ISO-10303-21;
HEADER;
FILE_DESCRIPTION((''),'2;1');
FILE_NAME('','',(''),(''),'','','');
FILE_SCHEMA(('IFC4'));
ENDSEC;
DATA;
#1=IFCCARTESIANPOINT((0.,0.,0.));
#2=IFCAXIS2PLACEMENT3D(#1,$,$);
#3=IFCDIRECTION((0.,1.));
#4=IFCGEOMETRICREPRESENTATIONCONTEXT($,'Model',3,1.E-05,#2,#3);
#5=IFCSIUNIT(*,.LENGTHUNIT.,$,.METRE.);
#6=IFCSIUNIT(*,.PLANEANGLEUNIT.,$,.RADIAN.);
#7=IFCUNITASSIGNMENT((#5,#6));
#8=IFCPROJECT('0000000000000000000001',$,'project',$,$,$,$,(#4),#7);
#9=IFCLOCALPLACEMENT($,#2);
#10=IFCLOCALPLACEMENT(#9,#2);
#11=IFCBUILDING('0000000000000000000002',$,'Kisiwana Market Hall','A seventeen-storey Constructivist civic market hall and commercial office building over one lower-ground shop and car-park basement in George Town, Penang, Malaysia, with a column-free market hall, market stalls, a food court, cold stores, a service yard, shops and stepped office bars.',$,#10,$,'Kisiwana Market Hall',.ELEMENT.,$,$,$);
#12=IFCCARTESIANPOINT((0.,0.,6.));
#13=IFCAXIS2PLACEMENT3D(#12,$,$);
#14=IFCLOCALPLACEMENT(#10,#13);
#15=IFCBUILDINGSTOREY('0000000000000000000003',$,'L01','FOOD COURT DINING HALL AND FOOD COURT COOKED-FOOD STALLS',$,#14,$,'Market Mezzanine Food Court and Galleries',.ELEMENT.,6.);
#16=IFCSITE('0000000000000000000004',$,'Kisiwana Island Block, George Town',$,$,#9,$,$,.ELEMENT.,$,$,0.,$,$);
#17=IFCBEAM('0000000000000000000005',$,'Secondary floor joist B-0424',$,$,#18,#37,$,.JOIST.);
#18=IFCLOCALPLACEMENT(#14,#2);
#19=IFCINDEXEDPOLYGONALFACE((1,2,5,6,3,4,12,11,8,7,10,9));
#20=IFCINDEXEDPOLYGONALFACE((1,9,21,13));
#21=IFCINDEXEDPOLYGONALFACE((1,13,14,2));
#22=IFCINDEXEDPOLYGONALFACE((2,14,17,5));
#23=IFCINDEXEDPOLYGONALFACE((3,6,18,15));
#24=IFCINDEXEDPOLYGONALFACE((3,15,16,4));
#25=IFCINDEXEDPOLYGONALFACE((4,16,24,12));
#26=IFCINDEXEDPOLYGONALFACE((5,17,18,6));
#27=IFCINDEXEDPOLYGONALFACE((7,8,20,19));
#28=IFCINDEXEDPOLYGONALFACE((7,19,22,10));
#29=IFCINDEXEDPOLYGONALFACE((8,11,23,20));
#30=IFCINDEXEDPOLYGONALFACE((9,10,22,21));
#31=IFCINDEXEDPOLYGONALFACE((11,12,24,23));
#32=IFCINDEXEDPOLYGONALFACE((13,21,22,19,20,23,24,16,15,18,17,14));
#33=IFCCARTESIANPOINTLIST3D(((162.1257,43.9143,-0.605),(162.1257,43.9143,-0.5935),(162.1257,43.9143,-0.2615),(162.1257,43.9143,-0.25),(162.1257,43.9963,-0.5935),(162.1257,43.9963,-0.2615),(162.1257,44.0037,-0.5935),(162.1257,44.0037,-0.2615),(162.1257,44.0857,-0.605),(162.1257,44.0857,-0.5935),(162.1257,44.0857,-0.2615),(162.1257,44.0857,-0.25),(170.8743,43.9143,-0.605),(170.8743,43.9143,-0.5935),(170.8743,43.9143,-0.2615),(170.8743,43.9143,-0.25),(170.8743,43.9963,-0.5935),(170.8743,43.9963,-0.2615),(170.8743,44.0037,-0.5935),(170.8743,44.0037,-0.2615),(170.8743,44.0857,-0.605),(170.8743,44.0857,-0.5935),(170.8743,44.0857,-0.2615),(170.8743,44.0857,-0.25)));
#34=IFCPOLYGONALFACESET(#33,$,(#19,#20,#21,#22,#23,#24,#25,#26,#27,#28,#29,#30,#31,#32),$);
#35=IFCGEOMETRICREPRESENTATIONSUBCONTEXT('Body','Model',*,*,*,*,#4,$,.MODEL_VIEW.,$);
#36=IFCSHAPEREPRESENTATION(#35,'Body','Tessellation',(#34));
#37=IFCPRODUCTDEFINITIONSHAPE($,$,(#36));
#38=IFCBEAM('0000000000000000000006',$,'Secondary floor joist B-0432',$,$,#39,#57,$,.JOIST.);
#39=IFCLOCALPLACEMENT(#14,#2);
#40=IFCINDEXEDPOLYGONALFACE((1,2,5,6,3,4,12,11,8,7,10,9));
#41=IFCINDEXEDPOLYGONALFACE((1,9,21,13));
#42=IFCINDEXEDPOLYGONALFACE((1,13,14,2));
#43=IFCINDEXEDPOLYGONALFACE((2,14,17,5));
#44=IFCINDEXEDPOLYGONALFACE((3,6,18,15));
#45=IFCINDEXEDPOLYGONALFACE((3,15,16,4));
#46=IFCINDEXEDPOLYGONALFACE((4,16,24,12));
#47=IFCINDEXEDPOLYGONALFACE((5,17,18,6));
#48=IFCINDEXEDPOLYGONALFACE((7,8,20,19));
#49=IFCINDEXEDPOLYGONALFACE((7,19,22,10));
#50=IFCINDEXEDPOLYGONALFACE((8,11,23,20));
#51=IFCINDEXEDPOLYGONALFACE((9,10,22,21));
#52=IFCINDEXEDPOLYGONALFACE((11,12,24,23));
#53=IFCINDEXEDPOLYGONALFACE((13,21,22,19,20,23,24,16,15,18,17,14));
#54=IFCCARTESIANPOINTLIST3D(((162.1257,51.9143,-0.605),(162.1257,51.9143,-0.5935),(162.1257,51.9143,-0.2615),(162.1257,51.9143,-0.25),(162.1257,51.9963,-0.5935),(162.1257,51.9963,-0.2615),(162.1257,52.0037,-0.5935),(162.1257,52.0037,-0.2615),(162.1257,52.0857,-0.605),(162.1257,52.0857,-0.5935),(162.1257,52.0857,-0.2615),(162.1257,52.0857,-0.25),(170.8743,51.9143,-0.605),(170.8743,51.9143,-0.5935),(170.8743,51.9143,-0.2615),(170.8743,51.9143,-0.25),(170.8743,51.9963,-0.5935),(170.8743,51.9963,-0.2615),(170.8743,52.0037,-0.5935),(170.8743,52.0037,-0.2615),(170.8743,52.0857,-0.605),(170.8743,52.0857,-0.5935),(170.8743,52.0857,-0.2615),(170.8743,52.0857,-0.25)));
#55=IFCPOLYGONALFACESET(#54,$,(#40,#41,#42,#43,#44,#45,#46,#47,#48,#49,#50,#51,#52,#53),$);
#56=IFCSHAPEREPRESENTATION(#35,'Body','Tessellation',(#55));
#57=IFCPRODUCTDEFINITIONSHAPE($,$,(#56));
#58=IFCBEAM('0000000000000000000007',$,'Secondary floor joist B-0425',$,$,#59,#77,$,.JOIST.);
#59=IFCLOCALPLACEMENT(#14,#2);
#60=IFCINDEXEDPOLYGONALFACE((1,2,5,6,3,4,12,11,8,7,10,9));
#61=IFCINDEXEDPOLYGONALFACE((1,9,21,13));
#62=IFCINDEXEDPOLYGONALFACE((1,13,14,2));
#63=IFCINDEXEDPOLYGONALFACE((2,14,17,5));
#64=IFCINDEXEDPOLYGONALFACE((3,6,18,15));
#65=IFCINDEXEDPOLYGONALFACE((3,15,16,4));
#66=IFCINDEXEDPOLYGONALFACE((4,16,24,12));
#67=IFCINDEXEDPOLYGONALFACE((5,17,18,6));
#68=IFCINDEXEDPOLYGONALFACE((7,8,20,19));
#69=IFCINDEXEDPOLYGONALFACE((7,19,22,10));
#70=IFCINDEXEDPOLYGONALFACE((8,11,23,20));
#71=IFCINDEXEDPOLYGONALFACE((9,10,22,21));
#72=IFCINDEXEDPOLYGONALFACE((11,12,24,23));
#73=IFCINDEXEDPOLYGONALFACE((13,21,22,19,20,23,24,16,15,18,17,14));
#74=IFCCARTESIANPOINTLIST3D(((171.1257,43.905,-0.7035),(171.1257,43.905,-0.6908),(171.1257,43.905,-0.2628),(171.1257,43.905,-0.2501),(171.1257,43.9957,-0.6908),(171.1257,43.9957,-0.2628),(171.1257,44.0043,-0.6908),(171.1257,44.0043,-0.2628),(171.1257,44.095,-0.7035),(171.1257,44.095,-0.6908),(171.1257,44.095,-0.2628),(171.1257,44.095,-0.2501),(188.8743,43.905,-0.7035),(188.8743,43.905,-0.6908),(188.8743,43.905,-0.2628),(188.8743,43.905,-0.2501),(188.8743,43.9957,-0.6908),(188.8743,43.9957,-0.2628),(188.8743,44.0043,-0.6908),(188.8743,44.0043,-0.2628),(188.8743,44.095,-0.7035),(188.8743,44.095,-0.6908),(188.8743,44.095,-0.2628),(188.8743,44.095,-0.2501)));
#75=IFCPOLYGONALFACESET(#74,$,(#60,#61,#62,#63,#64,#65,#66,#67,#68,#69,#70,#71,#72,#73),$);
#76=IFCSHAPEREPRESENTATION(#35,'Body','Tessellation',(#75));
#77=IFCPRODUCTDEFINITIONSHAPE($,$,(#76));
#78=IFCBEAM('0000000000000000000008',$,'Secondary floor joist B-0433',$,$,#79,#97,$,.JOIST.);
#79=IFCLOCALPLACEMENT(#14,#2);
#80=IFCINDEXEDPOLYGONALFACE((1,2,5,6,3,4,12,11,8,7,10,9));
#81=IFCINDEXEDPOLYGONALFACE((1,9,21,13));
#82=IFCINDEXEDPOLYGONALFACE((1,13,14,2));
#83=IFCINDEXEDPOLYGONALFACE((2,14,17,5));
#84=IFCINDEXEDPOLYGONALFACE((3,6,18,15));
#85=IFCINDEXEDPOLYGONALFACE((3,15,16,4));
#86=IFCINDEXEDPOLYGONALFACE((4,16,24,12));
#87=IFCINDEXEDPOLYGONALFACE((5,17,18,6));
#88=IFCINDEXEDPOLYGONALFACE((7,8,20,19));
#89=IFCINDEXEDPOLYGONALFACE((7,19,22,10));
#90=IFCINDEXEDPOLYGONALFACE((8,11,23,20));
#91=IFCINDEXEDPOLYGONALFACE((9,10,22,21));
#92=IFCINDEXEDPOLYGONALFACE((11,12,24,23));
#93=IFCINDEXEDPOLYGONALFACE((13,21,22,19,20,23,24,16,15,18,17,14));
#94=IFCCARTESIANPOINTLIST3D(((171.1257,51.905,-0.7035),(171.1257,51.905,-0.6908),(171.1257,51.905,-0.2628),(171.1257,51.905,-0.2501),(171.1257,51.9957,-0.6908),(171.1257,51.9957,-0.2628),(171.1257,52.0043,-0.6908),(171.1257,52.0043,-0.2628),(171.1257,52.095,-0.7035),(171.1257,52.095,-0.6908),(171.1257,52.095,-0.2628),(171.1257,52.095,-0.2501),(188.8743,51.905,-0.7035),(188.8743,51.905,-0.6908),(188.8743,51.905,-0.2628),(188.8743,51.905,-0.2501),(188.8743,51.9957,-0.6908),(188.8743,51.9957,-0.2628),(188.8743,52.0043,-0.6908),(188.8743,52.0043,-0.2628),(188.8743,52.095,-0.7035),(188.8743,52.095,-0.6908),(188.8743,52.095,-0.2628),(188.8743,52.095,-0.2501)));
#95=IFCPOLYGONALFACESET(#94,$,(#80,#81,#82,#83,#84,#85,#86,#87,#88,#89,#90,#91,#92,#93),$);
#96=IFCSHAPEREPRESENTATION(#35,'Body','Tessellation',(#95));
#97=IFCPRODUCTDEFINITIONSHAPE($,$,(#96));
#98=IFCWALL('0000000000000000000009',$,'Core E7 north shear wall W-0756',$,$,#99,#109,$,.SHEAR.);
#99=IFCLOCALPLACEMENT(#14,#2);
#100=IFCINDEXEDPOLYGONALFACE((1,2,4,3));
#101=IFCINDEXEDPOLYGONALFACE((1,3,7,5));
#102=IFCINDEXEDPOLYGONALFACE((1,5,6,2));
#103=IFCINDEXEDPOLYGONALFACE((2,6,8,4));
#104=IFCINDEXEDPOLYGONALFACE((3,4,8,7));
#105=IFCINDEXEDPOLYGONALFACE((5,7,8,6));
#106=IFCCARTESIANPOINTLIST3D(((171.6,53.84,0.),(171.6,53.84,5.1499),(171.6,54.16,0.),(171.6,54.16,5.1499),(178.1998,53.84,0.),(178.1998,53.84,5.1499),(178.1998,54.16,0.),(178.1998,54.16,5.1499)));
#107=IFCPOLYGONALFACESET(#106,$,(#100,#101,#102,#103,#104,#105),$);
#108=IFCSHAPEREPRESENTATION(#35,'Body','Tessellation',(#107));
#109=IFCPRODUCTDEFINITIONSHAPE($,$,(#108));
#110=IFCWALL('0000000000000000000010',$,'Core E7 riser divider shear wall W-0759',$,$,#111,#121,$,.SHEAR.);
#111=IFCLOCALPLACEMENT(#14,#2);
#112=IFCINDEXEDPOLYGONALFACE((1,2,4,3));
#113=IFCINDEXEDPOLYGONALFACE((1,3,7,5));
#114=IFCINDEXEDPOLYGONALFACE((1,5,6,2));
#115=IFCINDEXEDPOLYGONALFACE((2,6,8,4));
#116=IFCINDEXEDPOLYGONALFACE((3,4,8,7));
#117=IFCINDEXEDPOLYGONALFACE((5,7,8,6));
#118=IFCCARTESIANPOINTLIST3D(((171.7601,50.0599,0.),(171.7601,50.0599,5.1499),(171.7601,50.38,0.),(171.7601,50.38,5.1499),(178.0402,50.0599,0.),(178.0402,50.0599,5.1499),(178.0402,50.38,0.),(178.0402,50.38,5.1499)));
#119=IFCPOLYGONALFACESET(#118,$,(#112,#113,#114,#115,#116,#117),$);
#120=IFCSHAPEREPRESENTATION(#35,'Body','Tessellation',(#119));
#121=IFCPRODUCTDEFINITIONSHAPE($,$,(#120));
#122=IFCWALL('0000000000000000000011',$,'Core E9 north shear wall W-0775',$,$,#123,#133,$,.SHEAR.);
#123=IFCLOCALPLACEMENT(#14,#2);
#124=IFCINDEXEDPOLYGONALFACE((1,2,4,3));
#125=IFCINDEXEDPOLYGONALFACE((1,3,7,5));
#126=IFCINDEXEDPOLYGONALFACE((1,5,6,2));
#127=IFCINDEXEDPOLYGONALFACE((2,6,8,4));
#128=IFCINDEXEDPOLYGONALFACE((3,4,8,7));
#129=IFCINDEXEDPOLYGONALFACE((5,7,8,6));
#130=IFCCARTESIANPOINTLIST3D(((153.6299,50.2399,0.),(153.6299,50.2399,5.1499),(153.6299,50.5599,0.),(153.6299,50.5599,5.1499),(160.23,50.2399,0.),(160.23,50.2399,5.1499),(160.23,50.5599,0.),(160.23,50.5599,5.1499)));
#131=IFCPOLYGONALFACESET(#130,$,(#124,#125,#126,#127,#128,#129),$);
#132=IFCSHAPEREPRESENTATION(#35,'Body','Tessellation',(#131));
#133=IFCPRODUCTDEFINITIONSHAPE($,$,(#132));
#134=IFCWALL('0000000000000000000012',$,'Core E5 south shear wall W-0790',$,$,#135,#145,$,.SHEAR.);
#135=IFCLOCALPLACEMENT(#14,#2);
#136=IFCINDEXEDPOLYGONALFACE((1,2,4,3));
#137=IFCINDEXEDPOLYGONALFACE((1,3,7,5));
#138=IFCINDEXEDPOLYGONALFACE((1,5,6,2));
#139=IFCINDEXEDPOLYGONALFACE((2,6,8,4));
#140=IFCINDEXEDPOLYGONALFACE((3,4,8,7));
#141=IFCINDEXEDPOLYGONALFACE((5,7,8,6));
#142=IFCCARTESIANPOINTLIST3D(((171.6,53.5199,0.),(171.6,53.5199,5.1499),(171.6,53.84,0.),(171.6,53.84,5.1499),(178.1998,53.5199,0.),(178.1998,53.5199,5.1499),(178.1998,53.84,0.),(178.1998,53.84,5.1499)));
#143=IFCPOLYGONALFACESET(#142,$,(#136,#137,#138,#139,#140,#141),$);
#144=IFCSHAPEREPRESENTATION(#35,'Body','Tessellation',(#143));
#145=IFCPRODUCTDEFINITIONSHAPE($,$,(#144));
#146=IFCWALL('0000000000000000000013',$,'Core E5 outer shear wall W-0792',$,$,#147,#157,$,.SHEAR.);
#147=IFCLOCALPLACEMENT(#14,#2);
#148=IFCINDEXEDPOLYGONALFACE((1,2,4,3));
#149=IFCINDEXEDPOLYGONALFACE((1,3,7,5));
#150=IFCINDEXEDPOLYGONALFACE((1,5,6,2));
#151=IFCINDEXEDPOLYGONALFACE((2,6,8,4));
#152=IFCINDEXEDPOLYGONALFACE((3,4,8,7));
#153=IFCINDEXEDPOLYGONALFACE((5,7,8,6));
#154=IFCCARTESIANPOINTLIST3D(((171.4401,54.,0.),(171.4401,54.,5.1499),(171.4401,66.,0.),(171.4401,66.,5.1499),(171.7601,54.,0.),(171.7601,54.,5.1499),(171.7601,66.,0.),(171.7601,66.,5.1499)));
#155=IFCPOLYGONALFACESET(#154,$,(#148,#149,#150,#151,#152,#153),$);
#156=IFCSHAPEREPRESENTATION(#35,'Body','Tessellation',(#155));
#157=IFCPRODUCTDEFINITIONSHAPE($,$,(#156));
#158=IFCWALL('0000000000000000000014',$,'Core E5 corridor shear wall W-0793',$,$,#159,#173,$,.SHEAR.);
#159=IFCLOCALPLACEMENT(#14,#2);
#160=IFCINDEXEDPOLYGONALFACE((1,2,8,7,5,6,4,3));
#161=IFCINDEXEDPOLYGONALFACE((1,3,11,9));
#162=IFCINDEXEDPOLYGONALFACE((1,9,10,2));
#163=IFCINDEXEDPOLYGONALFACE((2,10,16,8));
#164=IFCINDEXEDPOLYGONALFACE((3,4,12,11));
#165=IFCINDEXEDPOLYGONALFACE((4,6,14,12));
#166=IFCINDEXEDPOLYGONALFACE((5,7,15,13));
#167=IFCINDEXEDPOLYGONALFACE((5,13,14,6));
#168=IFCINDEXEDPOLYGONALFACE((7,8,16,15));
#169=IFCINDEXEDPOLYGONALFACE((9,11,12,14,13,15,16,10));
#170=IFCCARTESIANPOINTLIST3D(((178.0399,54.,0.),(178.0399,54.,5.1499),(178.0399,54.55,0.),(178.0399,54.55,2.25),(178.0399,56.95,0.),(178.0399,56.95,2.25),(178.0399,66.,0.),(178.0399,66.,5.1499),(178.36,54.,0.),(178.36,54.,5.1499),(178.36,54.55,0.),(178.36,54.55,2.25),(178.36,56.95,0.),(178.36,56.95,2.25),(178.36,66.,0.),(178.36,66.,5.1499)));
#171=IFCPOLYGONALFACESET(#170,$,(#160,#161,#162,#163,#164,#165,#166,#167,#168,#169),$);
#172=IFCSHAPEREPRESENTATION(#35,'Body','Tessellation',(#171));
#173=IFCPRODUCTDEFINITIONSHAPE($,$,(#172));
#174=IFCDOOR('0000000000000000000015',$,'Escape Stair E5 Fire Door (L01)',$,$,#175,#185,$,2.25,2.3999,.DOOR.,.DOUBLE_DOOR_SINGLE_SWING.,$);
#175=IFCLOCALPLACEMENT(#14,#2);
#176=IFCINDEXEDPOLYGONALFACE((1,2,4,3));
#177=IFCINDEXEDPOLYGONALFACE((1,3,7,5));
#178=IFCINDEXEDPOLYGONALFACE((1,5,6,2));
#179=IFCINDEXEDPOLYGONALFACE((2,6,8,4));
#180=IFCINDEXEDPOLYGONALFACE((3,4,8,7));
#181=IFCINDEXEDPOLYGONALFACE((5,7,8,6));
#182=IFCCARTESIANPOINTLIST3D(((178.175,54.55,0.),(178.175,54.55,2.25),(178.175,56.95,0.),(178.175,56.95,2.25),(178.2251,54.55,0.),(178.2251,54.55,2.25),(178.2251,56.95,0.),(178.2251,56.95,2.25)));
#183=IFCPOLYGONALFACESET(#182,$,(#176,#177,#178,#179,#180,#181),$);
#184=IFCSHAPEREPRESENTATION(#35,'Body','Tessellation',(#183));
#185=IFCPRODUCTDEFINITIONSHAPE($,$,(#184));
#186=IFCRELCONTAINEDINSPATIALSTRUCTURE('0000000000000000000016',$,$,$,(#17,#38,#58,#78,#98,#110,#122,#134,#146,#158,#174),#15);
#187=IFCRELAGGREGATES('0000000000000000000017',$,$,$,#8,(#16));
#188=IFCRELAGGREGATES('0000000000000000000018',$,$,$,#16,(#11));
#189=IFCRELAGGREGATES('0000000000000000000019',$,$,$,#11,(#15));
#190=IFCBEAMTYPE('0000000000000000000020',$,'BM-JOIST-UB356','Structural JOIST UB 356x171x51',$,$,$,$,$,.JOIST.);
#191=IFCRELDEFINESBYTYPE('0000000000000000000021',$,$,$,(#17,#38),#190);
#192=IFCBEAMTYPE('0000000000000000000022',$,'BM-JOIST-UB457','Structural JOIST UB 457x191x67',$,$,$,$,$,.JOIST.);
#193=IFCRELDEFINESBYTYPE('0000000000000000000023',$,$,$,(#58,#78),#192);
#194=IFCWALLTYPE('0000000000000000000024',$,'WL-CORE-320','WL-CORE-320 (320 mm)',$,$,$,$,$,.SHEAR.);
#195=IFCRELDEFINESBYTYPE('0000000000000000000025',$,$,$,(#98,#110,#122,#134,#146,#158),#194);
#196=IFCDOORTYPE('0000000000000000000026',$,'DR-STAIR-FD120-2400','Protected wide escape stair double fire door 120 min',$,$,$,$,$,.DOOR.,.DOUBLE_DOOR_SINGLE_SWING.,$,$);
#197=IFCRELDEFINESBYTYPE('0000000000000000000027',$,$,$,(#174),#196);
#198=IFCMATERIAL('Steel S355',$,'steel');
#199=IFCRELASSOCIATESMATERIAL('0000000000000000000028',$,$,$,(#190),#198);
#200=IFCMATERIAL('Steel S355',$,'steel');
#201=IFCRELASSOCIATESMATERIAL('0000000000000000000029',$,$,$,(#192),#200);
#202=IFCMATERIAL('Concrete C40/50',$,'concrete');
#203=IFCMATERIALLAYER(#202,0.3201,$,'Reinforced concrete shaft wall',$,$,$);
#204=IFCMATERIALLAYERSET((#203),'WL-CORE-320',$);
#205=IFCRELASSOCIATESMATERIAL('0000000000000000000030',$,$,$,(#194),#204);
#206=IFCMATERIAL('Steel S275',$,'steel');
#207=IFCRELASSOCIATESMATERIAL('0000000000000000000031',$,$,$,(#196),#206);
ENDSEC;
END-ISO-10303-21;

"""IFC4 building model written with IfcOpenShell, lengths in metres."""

from ifc_helpers import new_model, si_unit, direction, frame, frame_2d, origin, origin_2d, place, context, subcontext, project, spatial, rectangle, i_section, extrude, material, layer, layer_set, material_profile, profile_set, type_object, element, fill, save


model = new_model("IFC4")

# Units and contexts
model_context = context("Model", 3, precision=1e-05, world=origin(), true_north=direction((0.0, 1.0)))
body_context = subcontext(model_context, "Body", "Model", "MODEL_VIEW")
ifc_project = project(units=[si_unit("LENGTHUNIT", "METRE"), si_unit("PLANEANGLEUNIT", "RADIAN")], contexts=[model_context])

# Site, building, storey
site_placement = place(None, origin())
site = spatial("IfcSite", under=ifc_project, at=site_placement, Name="Kisiwana Island Block, George Town", CompositionType="ELEMENT", RefElevation=0.0)
building_placement = place(site_placement, origin())
building = spatial("IfcBuilding", under=site, at=building_placement, Name="Kisiwana Market Hall", Description="A seventeen-storey Constructivist civic market hall and commercial office building over one lower-ground shop and car-park basement in George Town, Penang, Malaysia, with a column-free market hall, market stalls, a food court, cold stores, a service yard, shops and stepped office bars.", LongName="Kisiwana Market Hall", CompositionType="ELEMENT")
storey_placement = place(building_placement, frame((0.0, 0.0, 6.0)))
storey = spatial("IfcBuildingStorey", under=building, at=storey_placement, Name="L01", Description="FOOD COURT DINING HALL AND FOOD COURT COOKED-FOOD STALLS", LongName="Market Mezzanine Food Court and Galleries", CompositionType="ELEMENT", Elevation=6.0)

# Beams
ifc_material_1 = material(Name="Steel S355", Category="steel")
ifc_material_profile_1 = material_profile(ifc_material_1, i_section(OverallWidth=0.1714, OverallDepth=0.355, WebThickness=0.0073, FlangeThickness=0.0115, at=origin_2d()), Name="UB 356x171x51")
ifc_profile_set_1 = profile_set([ifc_material_profile_1], Name="Steel S355")
beam_type_1 = type_object("IfcBeamType", Name="BM-JOIST-UB356", Description="Structural JOIST UB 356x171x51", PredefinedType="JOIST", material=ifc_profile_set_1)
for number, where, z_axis, x_axis, name in (
    (1, (162.1257, 44.0, -0.4275), (1.0, 0.0, 0.0), (0.0, 1.0, 0.0), "Secondary floor joist B-0424"),
    (2, (162.1257, 52.0, -0.4275), (1.0, 0.0, 0.0), (0.0, 1.0, 0.0), "Secondary floor joist B-0432"),
):
    element("IfcBeam", number, at=place(storey_placement, frame(where, z_axis=z_axis, x_axis=x_axis)), inside=storey, type_object=beam_type_1, Name=name, PredefinedType="JOIST", context=body_context, shape_type="SweptSolid", body=[
        extrude(i_section(OverallWidth=0.1714, OverallDepth=0.355, WebThickness=0.0073, FlangeThickness=0.0115, at=origin_2d()), origin(), (0.0, 0.0, 1.0), 8.7485),
    ])
ifc_material_2 = material(Name="Steel S355", Category="steel")
ifc_material_profile_2 = material_profile(ifc_material_2, i_section(OverallWidth=0.1899, OverallDepth=0.4534, WebThickness=0.0085, FlangeThickness=0.0127, at=origin_2d()), Name="UB 457x191x67")
ifc_profile_set_2 = profile_set([ifc_material_profile_2], Name="Steel S355")
beam_type_2 = type_object("IfcBeamType", Name="BM-JOIST-UB457", Description="Structural JOIST UB 457x191x67", PredefinedType="JOIST", material=ifc_profile_set_2)
for number, where, z_axis, x_axis, name in (
    (3, (171.1257, 44.0, -0.4768), (1.0, 0.0, 0.0), (0.0, 1.0, 0.0), "Secondary floor joist B-0425"),
    (4, (171.1257, 52.0, -0.4768), (1.0, 0.0, 0.0), (0.0, 1.0, 0.0), "Secondary floor joist B-0433"),
):
    element("IfcBeam", number, at=place(storey_placement, frame(where, z_axis=z_axis, x_axis=x_axis)), inside=storey, type_object=beam_type_2, Name=name, PredefinedType="JOIST", context=body_context, shape_type="SweptSolid", body=[
        extrude(i_section(OverallWidth=0.1899, OverallDepth=0.4534, WebThickness=0.0085, FlangeThickness=0.0127, at=origin_2d()), origin(), (0.0, 0.0, 1.0), 17.7485),
    ])

# Walls
ifc_material_3 = material(Name="Concrete C40/50", Category="concrete")
ifc_layer = layer(ifc_material_3, 0.3201, Name="Reinforced concrete shaft wall")
ifc_layer_set = layer_set([ifc_layer], Name="WL-CORE-320")
wall_type = type_object("IfcWallType", Name="WL-CORE-320", Description="WL-CORE-320 (320 mm)", PredefinedType="SHEAR", material=ifc_layer_set)
wall_1_placement = place(storey_placement, frame((171.6001, 54.0, 0.0), z_axis=(0.0, 0.0, 1.0), x_axis=(1.0, 0.0, 0.0)))
element("IfcWall", 5, at=wall_1_placement, inside=storey, type_object=wall_type, Name="Core E7 north shear wall W-0756", PredefinedType="SHEAR", context=body_context, shape_type="SweptSolid", body=[
    extrude(rectangle(XDim=6.5999, YDim=0.3201, at=frame_2d((3.2998, 0.0))), origin(), (0.0, 0.0, 1.0), 5.1499),
])
wall_2_placement = place(storey_placement, frame((171.76, 50.22, 0.0), z_axis=(0.0, 0.0, 1.0), x_axis=(1.0, 0.0, 0.0)))
element("IfcWall", 6, at=wall_2_placement, inside=storey, type_object=wall_type, Name="Core E7 riser divider shear wall W-0759", PredefinedType="SHEAR", context=body_context, shape_type="SweptSolid", body=[
    extrude(rectangle(XDim=6.28, YDim=0.3201, at=frame_2d((3.1401, 0.0))), origin(), (0.0, 0.0, 1.0), 5.1499),
])
wall_3_placement = place(storey_placement, frame((153.6299, 50.3999, 0.0), z_axis=(0.0, 0.0, 1.0), x_axis=(1.0, 0.0, 0.0)))
element("IfcWall", 7, at=wall_3_placement, inside=storey, type_object=wall_type, Name="Core E9 north shear wall W-0775", PredefinedType="SHEAR", context=body_context, shape_type="SweptSolid", body=[
    extrude(rectangle(XDim=6.6001, YDim=0.3201, at=frame_2d((3.3, 0.0))), origin(), (0.0, 0.0, 1.0), 5.1499),
])
wall_4_placement = place(storey_placement, frame((171.6001, 53.6799, 0.0), z_axis=(0.0, 0.0, 1.0), x_axis=(1.0, 0.0, 0.0)))
element("IfcWall", 8, at=wall_4_placement, inside=storey, type_object=wall_type, Name="Core E5 south shear wall W-0790", PredefinedType="SHEAR", context=body_context, shape_type="SweptSolid", body=[
    extrude(rectangle(XDim=6.5999, YDim=0.3201, at=frame_2d((3.2998, 0.0))), origin(), (0.0, 0.0, 1.0), 5.1499),
])
wall_5_placement = place(storey_placement, frame((171.6001, 54.0, 0.0), z_axis=(0.0, 0.0, 1.0), x_axis=(0.0, 1.0, 0.0)))
element("IfcWall", 9, at=wall_5_placement, inside=storey, type_object=wall_type, Name="Core E5 outer shear wall W-0792", PredefinedType="SHEAR", context=body_context, shape_type="SweptSolid", body=[
    extrude(rectangle(XDim=12.0, YDim=0.3201, at=frame_2d((6.0, 0.0))), origin(), (0.0, 0.0, 1.0), 5.1499),
])

# Wall, opening, door
wall_6_placement = place(storey_placement, frame((178.2, 54.0, 0.0), z_axis=(0.0, 0.0, 1.0), x_axis=(0.0, 1.0, 0.0)))
wall_6 = element("IfcWall", 10, at=wall_6_placement, inside=storey, type_object=wall_type, Name="Core E5 corridor shear wall W-0793", PredefinedType="SHEAR", context=body_context, shape_type="SweptSolid", body=[
    extrude(rectangle(XDim=12.0, YDim=0.3201, at=frame_2d((6.0, 0.0))), origin(), (0.0, 0.0, 1.0), 5.1499),
])
opening_placement = place(wall_6_placement, frame((0.55, 0.0, 0.0)))
opening = element("IfcOpeningElement", 11, at=opening_placement, cuts=wall_6, PredefinedType="OPENING", context=body_context, shape_type="SweptSolid", body=[
    extrude(rectangle(XDim=2.3999, YDim=2.25, at=frame_2d((1.2, 1.125))), frame((0.0, 0.1719, 0.0), z_axis=(0.0, -1.0, 0.0), x_axis=(1.0, 0.0, 0.0)), (0.0, 0.0, 1.0), 0.344),
])
ifc_material_4 = material(Name="Steel S275", Category="steel")
door_type = type_object("IfcDoorType", Name="DR-STAIR-FD120-2400", Description="Protected wide escape stair double fire door 120 min", OperationType="DOUBLE_DOOR_SINGLE_SWING", PredefinedType="DOOR", material=ifc_material_4)
door_placement = place(opening_placement, origin())
door = element("IfcDoor", 12, at=door_placement, inside=storey, type_object=door_type, Name="Escape Stair E5 Fire Door (L01)", OperationType="DOUBLE_DOOR_SINGLE_SWING", OverallHeight=2.25, OverallWidth=2.3999, PredefinedType="DOOR", context=body_context, shape_type="SweptSolid", body=[
    extrude(rectangle(XDim=2.3999, YDim=2.25, at=frame_2d((1.2, 1.125))), frame((0.0, 0.0249, 0.0), z_axis=(0.0, -1.0, 0.0), x_axis=(1.0, 0.0, 0.0)), (0.0, 0.0, 1.0), 0.05),
])
fill(opening, door)

save(model, "model.ifc")
